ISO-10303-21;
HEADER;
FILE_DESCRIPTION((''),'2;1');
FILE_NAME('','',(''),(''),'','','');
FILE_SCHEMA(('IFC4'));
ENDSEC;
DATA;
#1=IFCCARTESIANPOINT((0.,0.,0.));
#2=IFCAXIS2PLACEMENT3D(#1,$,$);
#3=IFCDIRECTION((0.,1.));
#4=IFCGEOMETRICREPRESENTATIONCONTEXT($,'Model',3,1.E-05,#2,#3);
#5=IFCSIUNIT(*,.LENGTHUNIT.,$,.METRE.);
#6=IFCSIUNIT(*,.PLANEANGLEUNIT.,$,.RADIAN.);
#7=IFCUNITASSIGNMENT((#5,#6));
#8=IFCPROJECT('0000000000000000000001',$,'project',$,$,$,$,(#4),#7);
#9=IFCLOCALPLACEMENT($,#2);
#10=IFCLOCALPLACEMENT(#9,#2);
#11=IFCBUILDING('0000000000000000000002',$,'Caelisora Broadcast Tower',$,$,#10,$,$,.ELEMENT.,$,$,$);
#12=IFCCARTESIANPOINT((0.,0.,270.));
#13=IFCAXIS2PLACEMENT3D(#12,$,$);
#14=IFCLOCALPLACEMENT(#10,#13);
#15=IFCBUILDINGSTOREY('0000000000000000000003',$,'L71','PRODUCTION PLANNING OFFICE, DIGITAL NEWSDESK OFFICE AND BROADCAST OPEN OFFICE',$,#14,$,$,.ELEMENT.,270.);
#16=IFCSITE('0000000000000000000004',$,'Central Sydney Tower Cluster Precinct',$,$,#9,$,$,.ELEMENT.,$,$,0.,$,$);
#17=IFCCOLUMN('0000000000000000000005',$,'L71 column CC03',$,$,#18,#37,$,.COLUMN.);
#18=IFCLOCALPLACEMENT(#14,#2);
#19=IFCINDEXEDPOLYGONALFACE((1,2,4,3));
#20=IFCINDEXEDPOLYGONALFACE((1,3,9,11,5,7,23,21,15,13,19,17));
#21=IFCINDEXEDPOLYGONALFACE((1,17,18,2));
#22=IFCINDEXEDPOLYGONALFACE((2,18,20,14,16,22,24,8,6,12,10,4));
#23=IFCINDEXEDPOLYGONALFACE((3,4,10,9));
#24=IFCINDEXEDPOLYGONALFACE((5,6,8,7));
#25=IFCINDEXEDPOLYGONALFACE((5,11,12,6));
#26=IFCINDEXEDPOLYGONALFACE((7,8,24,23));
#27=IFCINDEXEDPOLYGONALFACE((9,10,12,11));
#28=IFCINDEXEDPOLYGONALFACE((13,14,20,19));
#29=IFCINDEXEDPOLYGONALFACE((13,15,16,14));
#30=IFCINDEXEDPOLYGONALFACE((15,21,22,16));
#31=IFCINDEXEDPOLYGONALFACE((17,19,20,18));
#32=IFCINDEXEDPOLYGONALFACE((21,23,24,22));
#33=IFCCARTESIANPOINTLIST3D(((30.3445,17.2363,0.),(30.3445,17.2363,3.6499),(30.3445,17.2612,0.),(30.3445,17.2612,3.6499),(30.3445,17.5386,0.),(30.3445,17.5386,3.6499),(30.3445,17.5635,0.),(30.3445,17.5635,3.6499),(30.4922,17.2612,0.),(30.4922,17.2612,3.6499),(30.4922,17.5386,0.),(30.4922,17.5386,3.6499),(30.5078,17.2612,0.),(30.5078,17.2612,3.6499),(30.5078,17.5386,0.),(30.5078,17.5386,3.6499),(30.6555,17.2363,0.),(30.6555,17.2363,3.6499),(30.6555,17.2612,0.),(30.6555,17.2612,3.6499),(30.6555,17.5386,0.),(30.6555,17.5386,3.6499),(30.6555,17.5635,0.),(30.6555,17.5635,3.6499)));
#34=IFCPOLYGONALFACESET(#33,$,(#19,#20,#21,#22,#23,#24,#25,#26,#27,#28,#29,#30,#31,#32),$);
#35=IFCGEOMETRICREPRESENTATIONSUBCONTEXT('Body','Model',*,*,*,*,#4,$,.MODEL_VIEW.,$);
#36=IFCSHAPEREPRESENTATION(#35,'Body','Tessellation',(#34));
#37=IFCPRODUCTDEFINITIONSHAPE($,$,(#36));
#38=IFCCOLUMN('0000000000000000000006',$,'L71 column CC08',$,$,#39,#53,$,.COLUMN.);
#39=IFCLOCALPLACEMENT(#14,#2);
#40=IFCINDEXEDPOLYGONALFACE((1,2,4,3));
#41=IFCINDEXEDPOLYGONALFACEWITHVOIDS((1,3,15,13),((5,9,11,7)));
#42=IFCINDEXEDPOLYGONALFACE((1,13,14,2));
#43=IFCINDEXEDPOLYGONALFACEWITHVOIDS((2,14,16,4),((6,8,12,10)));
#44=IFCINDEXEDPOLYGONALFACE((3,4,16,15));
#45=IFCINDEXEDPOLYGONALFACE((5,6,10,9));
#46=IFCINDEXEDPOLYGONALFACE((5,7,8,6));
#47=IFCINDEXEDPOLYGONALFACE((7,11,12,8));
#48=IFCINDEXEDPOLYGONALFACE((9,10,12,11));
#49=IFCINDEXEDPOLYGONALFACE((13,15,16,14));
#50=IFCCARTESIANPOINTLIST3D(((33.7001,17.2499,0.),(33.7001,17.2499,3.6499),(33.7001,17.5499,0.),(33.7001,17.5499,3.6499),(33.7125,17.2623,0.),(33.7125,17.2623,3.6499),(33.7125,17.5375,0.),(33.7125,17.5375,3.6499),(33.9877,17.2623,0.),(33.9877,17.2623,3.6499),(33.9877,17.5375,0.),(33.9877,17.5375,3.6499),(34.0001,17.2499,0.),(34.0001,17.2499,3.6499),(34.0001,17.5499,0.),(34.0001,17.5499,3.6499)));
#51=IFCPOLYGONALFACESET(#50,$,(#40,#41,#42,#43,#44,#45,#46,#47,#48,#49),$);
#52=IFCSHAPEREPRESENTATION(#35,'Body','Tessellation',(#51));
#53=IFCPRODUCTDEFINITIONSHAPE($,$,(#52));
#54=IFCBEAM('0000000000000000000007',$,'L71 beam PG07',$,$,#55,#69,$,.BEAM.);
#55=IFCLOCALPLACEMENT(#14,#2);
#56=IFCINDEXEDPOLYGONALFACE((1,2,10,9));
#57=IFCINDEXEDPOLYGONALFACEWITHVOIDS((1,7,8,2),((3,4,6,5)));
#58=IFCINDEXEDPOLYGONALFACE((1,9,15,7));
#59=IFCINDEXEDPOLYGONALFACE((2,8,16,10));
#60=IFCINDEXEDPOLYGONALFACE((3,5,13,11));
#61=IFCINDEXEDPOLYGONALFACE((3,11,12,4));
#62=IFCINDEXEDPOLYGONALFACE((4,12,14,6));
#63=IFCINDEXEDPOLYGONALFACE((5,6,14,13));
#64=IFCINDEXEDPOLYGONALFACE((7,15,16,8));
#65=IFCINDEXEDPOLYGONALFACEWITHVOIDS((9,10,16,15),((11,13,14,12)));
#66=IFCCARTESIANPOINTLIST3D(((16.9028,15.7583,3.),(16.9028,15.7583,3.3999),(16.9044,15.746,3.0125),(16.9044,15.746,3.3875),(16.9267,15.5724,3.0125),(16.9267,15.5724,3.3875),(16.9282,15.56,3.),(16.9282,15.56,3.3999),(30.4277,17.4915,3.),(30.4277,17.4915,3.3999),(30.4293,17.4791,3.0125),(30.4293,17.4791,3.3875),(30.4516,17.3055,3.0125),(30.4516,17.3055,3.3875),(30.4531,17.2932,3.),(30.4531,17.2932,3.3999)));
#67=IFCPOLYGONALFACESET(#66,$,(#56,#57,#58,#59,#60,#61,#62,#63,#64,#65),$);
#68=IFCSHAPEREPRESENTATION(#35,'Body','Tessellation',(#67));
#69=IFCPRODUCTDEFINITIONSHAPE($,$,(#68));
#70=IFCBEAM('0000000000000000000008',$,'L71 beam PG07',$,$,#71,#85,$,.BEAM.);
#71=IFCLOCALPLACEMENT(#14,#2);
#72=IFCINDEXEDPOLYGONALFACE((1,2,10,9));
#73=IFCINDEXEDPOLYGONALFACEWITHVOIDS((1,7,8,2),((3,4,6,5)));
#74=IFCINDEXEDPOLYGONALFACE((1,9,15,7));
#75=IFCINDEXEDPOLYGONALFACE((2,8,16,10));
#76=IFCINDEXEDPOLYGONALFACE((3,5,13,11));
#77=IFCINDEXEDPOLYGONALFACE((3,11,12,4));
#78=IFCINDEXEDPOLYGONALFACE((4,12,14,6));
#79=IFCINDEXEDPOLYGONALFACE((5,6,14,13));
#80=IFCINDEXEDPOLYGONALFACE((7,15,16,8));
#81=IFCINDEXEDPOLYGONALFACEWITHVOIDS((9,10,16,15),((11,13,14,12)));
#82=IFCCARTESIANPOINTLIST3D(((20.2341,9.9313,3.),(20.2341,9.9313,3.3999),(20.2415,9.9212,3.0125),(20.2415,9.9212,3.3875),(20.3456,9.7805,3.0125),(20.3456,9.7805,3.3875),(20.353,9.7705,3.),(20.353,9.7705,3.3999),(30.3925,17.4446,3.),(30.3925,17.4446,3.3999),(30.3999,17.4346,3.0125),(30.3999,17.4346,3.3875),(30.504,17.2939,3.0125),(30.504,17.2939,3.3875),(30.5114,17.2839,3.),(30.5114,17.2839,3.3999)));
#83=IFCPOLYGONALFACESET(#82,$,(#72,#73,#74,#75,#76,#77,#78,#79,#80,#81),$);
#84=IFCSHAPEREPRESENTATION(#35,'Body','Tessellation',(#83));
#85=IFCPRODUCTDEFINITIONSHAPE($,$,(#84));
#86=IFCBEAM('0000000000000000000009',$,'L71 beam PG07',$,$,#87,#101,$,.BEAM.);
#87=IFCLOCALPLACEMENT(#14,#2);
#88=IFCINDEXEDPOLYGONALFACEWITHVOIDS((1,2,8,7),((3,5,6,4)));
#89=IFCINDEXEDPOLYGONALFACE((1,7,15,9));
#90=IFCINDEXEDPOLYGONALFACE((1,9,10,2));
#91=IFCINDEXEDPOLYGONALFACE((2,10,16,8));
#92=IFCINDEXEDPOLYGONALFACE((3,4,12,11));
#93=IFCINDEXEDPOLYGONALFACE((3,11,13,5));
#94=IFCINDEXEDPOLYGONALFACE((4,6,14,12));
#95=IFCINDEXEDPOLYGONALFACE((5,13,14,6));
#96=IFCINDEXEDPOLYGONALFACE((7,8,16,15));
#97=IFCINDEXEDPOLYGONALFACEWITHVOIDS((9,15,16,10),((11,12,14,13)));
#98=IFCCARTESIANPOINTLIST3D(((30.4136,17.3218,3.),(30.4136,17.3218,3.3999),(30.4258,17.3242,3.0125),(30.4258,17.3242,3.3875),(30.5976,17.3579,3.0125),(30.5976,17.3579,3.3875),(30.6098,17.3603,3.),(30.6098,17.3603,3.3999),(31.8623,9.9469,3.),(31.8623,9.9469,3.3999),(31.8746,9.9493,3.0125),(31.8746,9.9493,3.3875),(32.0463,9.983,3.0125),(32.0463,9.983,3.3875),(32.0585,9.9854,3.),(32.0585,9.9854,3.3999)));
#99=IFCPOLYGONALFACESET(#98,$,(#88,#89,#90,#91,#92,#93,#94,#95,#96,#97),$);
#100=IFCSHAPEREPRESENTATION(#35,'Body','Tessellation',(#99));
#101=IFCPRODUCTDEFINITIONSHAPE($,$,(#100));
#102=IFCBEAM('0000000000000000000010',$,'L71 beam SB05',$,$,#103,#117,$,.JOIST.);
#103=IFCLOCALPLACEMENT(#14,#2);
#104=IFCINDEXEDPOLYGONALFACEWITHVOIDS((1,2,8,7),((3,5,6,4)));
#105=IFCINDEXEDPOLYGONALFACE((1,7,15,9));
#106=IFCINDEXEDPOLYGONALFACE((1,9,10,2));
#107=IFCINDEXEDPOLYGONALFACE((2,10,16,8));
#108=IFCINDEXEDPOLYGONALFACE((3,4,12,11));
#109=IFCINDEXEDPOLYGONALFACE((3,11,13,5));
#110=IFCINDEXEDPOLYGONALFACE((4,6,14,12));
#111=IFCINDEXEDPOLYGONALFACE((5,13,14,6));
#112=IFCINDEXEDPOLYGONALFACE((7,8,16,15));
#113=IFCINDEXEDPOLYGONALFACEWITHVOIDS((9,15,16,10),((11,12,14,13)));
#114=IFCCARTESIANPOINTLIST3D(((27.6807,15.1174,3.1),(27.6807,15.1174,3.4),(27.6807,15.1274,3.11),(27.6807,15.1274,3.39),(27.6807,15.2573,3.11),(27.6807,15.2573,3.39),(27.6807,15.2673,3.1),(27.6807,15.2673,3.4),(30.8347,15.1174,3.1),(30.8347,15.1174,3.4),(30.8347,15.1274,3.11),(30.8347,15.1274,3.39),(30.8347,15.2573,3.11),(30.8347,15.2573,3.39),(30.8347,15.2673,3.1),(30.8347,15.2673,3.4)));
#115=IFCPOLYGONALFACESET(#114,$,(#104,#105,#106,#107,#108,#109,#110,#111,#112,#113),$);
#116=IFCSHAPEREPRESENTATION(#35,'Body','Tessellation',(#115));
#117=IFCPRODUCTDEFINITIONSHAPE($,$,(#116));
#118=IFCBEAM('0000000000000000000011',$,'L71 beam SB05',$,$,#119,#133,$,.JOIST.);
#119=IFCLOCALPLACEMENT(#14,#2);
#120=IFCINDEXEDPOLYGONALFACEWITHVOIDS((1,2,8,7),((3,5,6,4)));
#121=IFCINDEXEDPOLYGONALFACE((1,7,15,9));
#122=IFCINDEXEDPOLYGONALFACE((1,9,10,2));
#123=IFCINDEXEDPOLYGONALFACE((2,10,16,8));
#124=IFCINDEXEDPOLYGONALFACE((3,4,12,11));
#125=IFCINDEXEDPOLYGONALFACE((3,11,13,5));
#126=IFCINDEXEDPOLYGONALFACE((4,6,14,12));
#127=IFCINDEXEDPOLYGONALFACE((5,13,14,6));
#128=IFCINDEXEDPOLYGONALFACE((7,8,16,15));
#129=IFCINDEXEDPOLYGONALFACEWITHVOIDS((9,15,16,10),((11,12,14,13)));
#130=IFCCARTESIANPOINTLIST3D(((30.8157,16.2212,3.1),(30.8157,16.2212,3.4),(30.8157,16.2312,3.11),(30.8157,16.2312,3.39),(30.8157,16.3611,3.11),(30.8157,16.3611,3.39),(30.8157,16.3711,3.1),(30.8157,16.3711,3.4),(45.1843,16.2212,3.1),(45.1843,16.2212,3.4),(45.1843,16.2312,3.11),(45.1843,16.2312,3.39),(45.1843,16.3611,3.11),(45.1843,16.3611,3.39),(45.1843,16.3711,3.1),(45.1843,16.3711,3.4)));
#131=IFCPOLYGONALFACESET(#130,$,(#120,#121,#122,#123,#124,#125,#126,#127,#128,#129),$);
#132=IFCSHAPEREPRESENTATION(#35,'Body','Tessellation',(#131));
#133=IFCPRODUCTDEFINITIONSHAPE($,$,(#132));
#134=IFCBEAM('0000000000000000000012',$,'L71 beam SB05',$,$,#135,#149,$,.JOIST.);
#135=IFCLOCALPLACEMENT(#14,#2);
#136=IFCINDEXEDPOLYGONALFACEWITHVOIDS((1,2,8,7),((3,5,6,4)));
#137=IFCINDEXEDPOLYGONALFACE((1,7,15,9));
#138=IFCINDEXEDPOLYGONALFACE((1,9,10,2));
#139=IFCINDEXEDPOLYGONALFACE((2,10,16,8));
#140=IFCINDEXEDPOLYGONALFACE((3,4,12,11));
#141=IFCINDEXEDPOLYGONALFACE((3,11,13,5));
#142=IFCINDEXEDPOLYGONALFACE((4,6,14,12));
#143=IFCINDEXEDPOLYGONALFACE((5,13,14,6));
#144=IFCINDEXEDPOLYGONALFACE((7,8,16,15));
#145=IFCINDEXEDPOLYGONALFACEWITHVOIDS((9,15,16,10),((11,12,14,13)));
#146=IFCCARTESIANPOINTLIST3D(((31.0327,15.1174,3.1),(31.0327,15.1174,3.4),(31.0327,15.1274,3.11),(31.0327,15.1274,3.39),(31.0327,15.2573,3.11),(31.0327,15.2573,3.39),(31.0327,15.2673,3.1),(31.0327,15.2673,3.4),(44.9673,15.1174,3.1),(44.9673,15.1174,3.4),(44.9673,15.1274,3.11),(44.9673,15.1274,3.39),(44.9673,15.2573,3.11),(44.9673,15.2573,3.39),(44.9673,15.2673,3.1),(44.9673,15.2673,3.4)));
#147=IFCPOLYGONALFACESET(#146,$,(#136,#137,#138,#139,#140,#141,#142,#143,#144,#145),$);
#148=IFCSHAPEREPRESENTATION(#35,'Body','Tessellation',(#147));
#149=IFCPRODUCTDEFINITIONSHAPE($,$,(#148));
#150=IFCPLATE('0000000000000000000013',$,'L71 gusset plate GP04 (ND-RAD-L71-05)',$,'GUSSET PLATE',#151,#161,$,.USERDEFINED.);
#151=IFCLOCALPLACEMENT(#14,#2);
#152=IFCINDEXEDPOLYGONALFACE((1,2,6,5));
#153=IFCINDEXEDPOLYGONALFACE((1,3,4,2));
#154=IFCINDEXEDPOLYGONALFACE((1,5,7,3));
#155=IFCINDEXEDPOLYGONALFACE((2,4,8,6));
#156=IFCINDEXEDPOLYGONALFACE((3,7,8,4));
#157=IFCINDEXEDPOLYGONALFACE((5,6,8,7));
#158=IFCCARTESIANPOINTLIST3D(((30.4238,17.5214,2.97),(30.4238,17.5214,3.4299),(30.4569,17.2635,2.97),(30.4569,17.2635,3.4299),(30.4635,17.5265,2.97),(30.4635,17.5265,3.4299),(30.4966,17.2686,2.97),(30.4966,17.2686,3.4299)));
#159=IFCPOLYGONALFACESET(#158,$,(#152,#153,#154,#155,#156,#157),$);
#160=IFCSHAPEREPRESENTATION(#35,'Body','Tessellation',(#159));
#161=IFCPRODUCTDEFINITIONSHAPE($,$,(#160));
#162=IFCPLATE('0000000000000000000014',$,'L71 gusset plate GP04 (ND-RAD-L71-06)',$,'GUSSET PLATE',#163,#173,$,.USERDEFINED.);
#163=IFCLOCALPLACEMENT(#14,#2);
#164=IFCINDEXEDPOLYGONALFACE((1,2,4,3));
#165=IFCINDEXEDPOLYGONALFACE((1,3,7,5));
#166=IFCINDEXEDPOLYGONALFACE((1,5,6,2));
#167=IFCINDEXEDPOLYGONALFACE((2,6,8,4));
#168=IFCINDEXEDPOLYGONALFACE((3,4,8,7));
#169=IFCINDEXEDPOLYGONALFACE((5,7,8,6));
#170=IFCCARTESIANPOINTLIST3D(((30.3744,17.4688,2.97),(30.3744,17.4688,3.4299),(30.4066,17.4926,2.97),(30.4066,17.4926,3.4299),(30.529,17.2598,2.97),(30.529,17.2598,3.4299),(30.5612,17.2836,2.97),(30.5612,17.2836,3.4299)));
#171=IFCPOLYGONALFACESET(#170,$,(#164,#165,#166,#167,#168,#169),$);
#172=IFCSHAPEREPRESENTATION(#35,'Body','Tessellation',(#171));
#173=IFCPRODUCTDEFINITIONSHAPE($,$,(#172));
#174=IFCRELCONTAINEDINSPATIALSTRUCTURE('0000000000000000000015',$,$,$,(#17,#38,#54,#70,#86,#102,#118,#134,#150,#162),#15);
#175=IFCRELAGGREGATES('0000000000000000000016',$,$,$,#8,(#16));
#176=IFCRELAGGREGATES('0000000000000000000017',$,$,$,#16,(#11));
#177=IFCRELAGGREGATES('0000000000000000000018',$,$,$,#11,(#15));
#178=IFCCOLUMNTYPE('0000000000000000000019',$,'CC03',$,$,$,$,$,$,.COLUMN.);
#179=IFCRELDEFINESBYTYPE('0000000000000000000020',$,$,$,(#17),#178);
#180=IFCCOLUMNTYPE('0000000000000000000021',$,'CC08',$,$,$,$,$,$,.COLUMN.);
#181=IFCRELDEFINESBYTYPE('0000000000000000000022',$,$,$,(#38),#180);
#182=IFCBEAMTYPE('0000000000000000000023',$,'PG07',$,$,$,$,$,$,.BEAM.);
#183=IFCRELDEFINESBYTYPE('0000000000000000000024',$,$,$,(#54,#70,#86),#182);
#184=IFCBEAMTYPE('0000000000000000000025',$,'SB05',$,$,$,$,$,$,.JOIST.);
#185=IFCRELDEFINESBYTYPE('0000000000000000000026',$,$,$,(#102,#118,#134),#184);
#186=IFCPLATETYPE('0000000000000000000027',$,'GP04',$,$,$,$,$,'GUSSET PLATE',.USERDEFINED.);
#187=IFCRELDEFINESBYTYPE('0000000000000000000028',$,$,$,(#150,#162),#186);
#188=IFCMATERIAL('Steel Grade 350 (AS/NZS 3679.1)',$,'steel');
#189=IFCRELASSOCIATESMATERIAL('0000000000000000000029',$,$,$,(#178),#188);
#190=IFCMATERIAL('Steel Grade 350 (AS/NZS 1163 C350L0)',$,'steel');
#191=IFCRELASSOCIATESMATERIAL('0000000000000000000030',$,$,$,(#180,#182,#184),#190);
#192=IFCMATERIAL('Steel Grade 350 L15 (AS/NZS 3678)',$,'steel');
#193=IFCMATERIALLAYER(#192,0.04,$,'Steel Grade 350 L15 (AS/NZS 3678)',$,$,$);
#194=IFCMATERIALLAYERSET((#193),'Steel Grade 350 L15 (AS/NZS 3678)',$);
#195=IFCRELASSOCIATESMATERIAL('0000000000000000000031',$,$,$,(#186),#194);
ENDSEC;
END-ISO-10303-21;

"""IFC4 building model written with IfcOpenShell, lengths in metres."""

from ifc_helpers import new_model, si_unit, direction, frame, origin, origin_2d, place, context, subcontext, project, spatial, rectangle, hollow_rectangle, i_section, extrude, source, transform, mapped, material, layer, layer_set, material_profile, profile_set, type_object, type_shapes, element, save


model = new_model("IFC4")

# Units and contexts
model_context = context("Model", 3, precision=1e-05, world=origin(), true_north=direction((0.0, 1.0)))
body_context = subcontext(model_context, "Body", "Model", "MODEL_VIEW")
ifc_project = project(units=[si_unit("LENGTHUNIT", "METRE"), si_unit("PLANEANGLEUNIT", "RADIAN")], contexts=[model_context])

# Site, building, storey
site_placement = place(None, origin())
site = spatial("IfcSite", under=ifc_project, at=site_placement, Name="Central Sydney Tower Cluster Precinct", CompositionType="ELEMENT", RefElevation=0.0)
building_placement = place(site_placement, origin())
building = spatial("IfcBuilding", under=site, at=building_placement, Name="Caelisora Broadcast Tower", CompositionType="ELEMENT")
storey_placement = place(building_placement, frame((0.0, 0.0, 270.0)))
storey = spatial("IfcBuildingStorey", under=building, at=storey_placement, Name="L71", Description="PRODUCTION PLANNING OFFICE, DIGITAL NEWSDESK OFFICE AND BROADCAST OPEN OFFICE", CompositionType="ELEMENT", Elevation=270.0)

# Columns
ifc_material_1 = material(Name="Steel Grade 350 (AS/NZS 3679.1)", Category="steel")
ifc_material_profile_1 = material_profile(ifc_material_1, i_section(OverallWidth=0.311, OverallDepth=0.3271, WebThickness=0.0156, FlangeThickness=0.0249, at=origin_2d()), Name="Steel Grade 350 (AS/NZS 3679.1)")
ifc_profile_set_1 = profile_set([ifc_material_profile_1], Name="Steel Grade 350 (AS/NZS 3679.1)")
column_type_1 = type_object("IfcColumnType", Name="CC03", PredefinedType="COLUMN", material=ifc_profile_set_1)
shared_shape_1 = source(origin(), body_context, "Body", "SweptSolid", [
    extrude(i_section(OverallWidth=0.311, OverallDepth=0.3271, WebThickness=0.0156, FlangeThickness=0.0249, at=origin_2d()), origin(), (0.0, 0.0, 1.0), 3.6499),
])
type_shapes(column_type_1, [shared_shape_1])
column_1_placement = place(storey_placement, frame((30.5, 17.3999, 0.0), z_axis=(0.0, 0.0, 1.0), x_axis=(1.0, 0.0, 0.0)))
element("IfcColumn", 1, at=column_1_placement, inside=storey, type_object=column_type_1, Name="L71 column CC03", PredefinedType="COLUMN", context=body_context, shape_type="MappedRepresentation", body=[
    mapped(shared_shape_1, transform((0.0, 0.0, 0.0), scale=1.0)),
])
ifc_material_2 = material(Name="Steel Grade 350 (AS/NZS 1163 C350L0)", Category="steel")
ifc_material_profile_2 = material_profile(ifc_material_2, hollow_rectangle(XDim=0.3, YDim=0.3, WallThickness=0.0125, at=origin_2d()), Name="Steel Grade 350 (AS/NZS 1163 C350L0)")
ifc_profile_set_2 = profile_set([ifc_material_profile_2], Name="Steel Grade 350 (AS/NZS 1163 C350L0)")
column_type_2 = type_object("IfcColumnType", Name="CC08", PredefinedType="COLUMN", material=ifc_profile_set_2)
shared_shape_2 = source(origin(), body_context, "Body", "SweptSolid", [
    extrude(hollow_rectangle(XDim=0.3, YDim=0.3, WallThickness=0.0125, at=origin_2d()), origin(), (0.0, 0.0, 1.0), 3.6499),
])
type_shapes(column_type_2, [shared_shape_2])
column_2_placement = place(storey_placement, frame((33.8501, 17.3999, 0.0), z_axis=(0.0, 0.0, 1.0), x_axis=(1.0, 0.0, 0.0)))
element("IfcColumn", 2, at=column_2_placement, inside=storey, type_object=column_type_2, Name="L71 column CC08", PredefinedType="COLUMN", context=body_context, shape_type="MappedRepresentation", body=[
    mapped(shared_shape_2, transform((0.0, 0.0, 0.0), scale=1.0)),
])

# Beams
ifc_material_profile_3 = material_profile(ifc_material_2, hollow_rectangle(XDim=0.2, YDim=0.3999, WallThickness=0.0125, at=origin_2d()), Name="Steel Grade 350 (AS/NZS 1163 C350L0)")
ifc_profile_set_3 = profile_set([ifc_material_profile_3], Name="Steel Grade 350 (AS/NZS 1163 C350L0)")
beam_type_1 = type_object("IfcBeamType", Name="PG07", PredefinedType="BEAM", material=ifc_profile_set_3)
shared_shape_3 = source(origin(), body_context, "Body", "SweptSolid", [
    extrude(hollow_rectangle(XDim=0.2, YDim=0.3999, WallThickness=0.0125, at=origin_2d()), origin(), (0.0, 0.0, 1.0), 13.6355),
])
beam_1_placement = place(storey_placement, frame((30.4404, 17.3923, 3.2), z_axis=(-0.991889, -0.127106, 0.0), x_axis=(0.127106, -0.991889, 0.0)))
element("IfcBeam", 3, at=beam_1_placement, inside=storey, type_object=beam_type_1, Name="L71 beam PG07", PredefinedType="BEAM", context=body_context, shape_type="MappedRepresentation", body=[
    mapped(shared_shape_3, transform((0.0, 0.0, 0.0), scale=1.0)),
])
shared_shape_4 = source(origin(), body_context, "Body", "SweptSolid", [
    extrude(hollow_rectangle(XDim=0.2, YDim=0.3999, WallThickness=0.0125, at=origin_2d()), origin(), (0.0, 0.0, 1.0), 12.635),
])
beam_2_placement = place(storey_placement, frame((30.4519, 17.3643, 3.2), z_axis=(-0.803987, -0.594647, 0.0), x_axis=(0.594647, -0.803987, 0.0)))
element("IfcBeam", 4, at=beam_2_placement, inside=storey, type_object=beam_type_1, Name="L71 beam PG07", PredefinedType="BEAM", context=body_context, shape_type="MappedRepresentation", body=[
    mapped(shared_shape_4, transform((0.0, 0.0, 0.0), scale=1.0)),
])
shared_shape_5 = source(origin(), body_context, "Body", "SweptSolid", [
    extrude(hollow_rectangle(XDim=0.2, YDim=0.3999, WallThickness=0.0125, at=origin_2d()), origin(), (0.0, 0.0, 1.0), 7.5159),
])
type_shapes(beam_type_1, [shared_shape_3, shared_shape_4, shared_shape_5])
beam_3_placement = place(storey_placement, frame((30.5117, 17.3411, 3.2), z_axis=(0.192754, -0.981247, 0.0), x_axis=(0.981247, 0.192754, 0.0)))
element("IfcBeam", 5, at=beam_3_placement, inside=storey, type_object=beam_type_1, Name="L71 beam PG07", PredefinedType="BEAM", context=body_context, shape_type="MappedRepresentation", body=[
    mapped(shared_shape_5, transform((0.0, 0.0, 0.0), scale=1.0)),
])
ifc_material_profile_4 = material_profile(ifc_material_2, hollow_rectangle(XDim=0.1499, YDim=0.3, WallThickness=0.01, at=origin_2d()), Name="Steel Grade 350 (AS/NZS 1163 C350L0)")
ifc_profile_set_4 = profile_set([ifc_material_profile_4], Name="Steel Grade 350 (AS/NZS 1163 C350L0)")
beam_type_2 = type_object("IfcBeamType", Name="SB05", PredefinedType="JOIST", material=ifc_profile_set_4)
shared_shape_6 = source(origin(), body_context, "Body", "SweptSolid", [
    extrude(hollow_rectangle(XDim=0.1499, YDim=0.3, WallThickness=0.01, at=origin_2d()), origin(), (0.0, 0.0, 1.0), 3.1541),
])
beam_4_placement = place(storey_placement, frame((27.6807, 15.1924, 3.25), z_axis=(1.0, 0.0, 0.0), x_axis=(0.0, 1.0, 0.0)))
element("IfcBeam", 6, at=beam_4_placement, inside=storey, type_object=beam_type_2, Name="L71 beam SB05", PredefinedType="JOIST", context=body_context, shape_type="MappedRepresentation", body=[
    mapped(shared_shape_6, transform((0.0, 0.0, 0.0), scale=1.0)),
])
shared_shape_7 = source(origin(), body_context, "Body", "SweptSolid", [
    extrude(hollow_rectangle(XDim=0.1499, YDim=0.3, WallThickness=0.01, at=origin_2d()), origin(), (0.0, 0.0, 1.0), 14.3687),
])
beam_5_placement = place(storey_placement, frame((30.8157, 16.2961, 3.25), z_axis=(1.0, 0.0, 0.0), x_axis=(0.0, 1.0, 0.0)))
element("IfcBeam", 7, at=beam_5_placement, inside=storey, type_object=beam_type_2, Name="L71 beam SB05", PredefinedType="JOIST", context=body_context, shape_type="MappedRepresentation", body=[
    mapped(shared_shape_7, transform((0.0, 0.0, 0.0), scale=1.0)),
])
shared_shape_8 = source(origin(), body_context, "Body", "SweptSolid", [
    extrude(hollow_rectangle(XDim=0.1499, YDim=0.3, WallThickness=0.01, at=origin_2d()), origin(), (0.0, 0.0, 1.0), 13.9346),
])
type_shapes(beam_type_2, [shared_shape_6, shared_shape_7, shared_shape_8])
beam_6_placement = place(storey_placement, frame((31.0327, 15.1924, 3.25), z_axis=(1.0, 0.0, 0.0), x_axis=(0.0, 1.0, 0.0)))
element("IfcBeam", 8, at=beam_6_placement, inside=storey, type_object=beam_type_2, Name="L71 beam SB05", PredefinedType="JOIST", context=body_context, shape_type="MappedRepresentation", body=[
    mapped(shared_shape_8, transform((0.0, 0.0, 0.0), scale=1.0)),
])

# Plates
ifc_material_3 = material(Name="Steel Grade 350 L15 (AS/NZS 3678)", Category="steel")
ifc_layer_1 = layer(ifc_material_3, 0.04, Name="Steel Grade 350 L15 (AS/NZS 3678)")
ifc_layer_set_1 = layer_set([ifc_layer_1], Name="Steel Grade 350 L15 (AS/NZS 3678)")
plate_type = type_object("IfcPlateType", Name="GP04", ElementType="GUSSET PLATE", PredefinedType="USERDEFINED", material=ifc_layer_set_1)
shared_shape_9 = source(origin(), body_context, "Body", "SweptSolid", [
    extrude(rectangle(XDim=0.26, YDim=0.04, at=origin_2d()), origin(), (0.0, 0.0, 1.0), 0.46),
])
for number, where, z_axis, x_axis, name in (
    (9, (30.4602, 17.395, 2.97), (0.0, 0.0, 1.0), (0.127065, -0.991894, 0.0), "L71 gusset plate GP04 (ND-RAD-L71-05)"),
    (10, (30.4678, 17.3762, 2.97), (0.0, 0.0, 1.0), (0.594682, -0.803961, 0.0), "L71 gusset plate GP04 (ND-RAD-L71-06)"),
):
    element("IfcPlate", number, at=place(storey_placement, frame(where, z_axis=z_axis, x_axis=x_axis)), inside=storey, type_object=plate_type, Name=name, ObjectType="GUSSET PLATE", PredefinedType="USERDEFINED", context=body_context, shape_type="MappedRepresentation", body=[
        mapped(shared_shape_9, transform((0.0, 0.0, 0.0), scale=1.0)),
    ])

save(model, "model.ifc")
